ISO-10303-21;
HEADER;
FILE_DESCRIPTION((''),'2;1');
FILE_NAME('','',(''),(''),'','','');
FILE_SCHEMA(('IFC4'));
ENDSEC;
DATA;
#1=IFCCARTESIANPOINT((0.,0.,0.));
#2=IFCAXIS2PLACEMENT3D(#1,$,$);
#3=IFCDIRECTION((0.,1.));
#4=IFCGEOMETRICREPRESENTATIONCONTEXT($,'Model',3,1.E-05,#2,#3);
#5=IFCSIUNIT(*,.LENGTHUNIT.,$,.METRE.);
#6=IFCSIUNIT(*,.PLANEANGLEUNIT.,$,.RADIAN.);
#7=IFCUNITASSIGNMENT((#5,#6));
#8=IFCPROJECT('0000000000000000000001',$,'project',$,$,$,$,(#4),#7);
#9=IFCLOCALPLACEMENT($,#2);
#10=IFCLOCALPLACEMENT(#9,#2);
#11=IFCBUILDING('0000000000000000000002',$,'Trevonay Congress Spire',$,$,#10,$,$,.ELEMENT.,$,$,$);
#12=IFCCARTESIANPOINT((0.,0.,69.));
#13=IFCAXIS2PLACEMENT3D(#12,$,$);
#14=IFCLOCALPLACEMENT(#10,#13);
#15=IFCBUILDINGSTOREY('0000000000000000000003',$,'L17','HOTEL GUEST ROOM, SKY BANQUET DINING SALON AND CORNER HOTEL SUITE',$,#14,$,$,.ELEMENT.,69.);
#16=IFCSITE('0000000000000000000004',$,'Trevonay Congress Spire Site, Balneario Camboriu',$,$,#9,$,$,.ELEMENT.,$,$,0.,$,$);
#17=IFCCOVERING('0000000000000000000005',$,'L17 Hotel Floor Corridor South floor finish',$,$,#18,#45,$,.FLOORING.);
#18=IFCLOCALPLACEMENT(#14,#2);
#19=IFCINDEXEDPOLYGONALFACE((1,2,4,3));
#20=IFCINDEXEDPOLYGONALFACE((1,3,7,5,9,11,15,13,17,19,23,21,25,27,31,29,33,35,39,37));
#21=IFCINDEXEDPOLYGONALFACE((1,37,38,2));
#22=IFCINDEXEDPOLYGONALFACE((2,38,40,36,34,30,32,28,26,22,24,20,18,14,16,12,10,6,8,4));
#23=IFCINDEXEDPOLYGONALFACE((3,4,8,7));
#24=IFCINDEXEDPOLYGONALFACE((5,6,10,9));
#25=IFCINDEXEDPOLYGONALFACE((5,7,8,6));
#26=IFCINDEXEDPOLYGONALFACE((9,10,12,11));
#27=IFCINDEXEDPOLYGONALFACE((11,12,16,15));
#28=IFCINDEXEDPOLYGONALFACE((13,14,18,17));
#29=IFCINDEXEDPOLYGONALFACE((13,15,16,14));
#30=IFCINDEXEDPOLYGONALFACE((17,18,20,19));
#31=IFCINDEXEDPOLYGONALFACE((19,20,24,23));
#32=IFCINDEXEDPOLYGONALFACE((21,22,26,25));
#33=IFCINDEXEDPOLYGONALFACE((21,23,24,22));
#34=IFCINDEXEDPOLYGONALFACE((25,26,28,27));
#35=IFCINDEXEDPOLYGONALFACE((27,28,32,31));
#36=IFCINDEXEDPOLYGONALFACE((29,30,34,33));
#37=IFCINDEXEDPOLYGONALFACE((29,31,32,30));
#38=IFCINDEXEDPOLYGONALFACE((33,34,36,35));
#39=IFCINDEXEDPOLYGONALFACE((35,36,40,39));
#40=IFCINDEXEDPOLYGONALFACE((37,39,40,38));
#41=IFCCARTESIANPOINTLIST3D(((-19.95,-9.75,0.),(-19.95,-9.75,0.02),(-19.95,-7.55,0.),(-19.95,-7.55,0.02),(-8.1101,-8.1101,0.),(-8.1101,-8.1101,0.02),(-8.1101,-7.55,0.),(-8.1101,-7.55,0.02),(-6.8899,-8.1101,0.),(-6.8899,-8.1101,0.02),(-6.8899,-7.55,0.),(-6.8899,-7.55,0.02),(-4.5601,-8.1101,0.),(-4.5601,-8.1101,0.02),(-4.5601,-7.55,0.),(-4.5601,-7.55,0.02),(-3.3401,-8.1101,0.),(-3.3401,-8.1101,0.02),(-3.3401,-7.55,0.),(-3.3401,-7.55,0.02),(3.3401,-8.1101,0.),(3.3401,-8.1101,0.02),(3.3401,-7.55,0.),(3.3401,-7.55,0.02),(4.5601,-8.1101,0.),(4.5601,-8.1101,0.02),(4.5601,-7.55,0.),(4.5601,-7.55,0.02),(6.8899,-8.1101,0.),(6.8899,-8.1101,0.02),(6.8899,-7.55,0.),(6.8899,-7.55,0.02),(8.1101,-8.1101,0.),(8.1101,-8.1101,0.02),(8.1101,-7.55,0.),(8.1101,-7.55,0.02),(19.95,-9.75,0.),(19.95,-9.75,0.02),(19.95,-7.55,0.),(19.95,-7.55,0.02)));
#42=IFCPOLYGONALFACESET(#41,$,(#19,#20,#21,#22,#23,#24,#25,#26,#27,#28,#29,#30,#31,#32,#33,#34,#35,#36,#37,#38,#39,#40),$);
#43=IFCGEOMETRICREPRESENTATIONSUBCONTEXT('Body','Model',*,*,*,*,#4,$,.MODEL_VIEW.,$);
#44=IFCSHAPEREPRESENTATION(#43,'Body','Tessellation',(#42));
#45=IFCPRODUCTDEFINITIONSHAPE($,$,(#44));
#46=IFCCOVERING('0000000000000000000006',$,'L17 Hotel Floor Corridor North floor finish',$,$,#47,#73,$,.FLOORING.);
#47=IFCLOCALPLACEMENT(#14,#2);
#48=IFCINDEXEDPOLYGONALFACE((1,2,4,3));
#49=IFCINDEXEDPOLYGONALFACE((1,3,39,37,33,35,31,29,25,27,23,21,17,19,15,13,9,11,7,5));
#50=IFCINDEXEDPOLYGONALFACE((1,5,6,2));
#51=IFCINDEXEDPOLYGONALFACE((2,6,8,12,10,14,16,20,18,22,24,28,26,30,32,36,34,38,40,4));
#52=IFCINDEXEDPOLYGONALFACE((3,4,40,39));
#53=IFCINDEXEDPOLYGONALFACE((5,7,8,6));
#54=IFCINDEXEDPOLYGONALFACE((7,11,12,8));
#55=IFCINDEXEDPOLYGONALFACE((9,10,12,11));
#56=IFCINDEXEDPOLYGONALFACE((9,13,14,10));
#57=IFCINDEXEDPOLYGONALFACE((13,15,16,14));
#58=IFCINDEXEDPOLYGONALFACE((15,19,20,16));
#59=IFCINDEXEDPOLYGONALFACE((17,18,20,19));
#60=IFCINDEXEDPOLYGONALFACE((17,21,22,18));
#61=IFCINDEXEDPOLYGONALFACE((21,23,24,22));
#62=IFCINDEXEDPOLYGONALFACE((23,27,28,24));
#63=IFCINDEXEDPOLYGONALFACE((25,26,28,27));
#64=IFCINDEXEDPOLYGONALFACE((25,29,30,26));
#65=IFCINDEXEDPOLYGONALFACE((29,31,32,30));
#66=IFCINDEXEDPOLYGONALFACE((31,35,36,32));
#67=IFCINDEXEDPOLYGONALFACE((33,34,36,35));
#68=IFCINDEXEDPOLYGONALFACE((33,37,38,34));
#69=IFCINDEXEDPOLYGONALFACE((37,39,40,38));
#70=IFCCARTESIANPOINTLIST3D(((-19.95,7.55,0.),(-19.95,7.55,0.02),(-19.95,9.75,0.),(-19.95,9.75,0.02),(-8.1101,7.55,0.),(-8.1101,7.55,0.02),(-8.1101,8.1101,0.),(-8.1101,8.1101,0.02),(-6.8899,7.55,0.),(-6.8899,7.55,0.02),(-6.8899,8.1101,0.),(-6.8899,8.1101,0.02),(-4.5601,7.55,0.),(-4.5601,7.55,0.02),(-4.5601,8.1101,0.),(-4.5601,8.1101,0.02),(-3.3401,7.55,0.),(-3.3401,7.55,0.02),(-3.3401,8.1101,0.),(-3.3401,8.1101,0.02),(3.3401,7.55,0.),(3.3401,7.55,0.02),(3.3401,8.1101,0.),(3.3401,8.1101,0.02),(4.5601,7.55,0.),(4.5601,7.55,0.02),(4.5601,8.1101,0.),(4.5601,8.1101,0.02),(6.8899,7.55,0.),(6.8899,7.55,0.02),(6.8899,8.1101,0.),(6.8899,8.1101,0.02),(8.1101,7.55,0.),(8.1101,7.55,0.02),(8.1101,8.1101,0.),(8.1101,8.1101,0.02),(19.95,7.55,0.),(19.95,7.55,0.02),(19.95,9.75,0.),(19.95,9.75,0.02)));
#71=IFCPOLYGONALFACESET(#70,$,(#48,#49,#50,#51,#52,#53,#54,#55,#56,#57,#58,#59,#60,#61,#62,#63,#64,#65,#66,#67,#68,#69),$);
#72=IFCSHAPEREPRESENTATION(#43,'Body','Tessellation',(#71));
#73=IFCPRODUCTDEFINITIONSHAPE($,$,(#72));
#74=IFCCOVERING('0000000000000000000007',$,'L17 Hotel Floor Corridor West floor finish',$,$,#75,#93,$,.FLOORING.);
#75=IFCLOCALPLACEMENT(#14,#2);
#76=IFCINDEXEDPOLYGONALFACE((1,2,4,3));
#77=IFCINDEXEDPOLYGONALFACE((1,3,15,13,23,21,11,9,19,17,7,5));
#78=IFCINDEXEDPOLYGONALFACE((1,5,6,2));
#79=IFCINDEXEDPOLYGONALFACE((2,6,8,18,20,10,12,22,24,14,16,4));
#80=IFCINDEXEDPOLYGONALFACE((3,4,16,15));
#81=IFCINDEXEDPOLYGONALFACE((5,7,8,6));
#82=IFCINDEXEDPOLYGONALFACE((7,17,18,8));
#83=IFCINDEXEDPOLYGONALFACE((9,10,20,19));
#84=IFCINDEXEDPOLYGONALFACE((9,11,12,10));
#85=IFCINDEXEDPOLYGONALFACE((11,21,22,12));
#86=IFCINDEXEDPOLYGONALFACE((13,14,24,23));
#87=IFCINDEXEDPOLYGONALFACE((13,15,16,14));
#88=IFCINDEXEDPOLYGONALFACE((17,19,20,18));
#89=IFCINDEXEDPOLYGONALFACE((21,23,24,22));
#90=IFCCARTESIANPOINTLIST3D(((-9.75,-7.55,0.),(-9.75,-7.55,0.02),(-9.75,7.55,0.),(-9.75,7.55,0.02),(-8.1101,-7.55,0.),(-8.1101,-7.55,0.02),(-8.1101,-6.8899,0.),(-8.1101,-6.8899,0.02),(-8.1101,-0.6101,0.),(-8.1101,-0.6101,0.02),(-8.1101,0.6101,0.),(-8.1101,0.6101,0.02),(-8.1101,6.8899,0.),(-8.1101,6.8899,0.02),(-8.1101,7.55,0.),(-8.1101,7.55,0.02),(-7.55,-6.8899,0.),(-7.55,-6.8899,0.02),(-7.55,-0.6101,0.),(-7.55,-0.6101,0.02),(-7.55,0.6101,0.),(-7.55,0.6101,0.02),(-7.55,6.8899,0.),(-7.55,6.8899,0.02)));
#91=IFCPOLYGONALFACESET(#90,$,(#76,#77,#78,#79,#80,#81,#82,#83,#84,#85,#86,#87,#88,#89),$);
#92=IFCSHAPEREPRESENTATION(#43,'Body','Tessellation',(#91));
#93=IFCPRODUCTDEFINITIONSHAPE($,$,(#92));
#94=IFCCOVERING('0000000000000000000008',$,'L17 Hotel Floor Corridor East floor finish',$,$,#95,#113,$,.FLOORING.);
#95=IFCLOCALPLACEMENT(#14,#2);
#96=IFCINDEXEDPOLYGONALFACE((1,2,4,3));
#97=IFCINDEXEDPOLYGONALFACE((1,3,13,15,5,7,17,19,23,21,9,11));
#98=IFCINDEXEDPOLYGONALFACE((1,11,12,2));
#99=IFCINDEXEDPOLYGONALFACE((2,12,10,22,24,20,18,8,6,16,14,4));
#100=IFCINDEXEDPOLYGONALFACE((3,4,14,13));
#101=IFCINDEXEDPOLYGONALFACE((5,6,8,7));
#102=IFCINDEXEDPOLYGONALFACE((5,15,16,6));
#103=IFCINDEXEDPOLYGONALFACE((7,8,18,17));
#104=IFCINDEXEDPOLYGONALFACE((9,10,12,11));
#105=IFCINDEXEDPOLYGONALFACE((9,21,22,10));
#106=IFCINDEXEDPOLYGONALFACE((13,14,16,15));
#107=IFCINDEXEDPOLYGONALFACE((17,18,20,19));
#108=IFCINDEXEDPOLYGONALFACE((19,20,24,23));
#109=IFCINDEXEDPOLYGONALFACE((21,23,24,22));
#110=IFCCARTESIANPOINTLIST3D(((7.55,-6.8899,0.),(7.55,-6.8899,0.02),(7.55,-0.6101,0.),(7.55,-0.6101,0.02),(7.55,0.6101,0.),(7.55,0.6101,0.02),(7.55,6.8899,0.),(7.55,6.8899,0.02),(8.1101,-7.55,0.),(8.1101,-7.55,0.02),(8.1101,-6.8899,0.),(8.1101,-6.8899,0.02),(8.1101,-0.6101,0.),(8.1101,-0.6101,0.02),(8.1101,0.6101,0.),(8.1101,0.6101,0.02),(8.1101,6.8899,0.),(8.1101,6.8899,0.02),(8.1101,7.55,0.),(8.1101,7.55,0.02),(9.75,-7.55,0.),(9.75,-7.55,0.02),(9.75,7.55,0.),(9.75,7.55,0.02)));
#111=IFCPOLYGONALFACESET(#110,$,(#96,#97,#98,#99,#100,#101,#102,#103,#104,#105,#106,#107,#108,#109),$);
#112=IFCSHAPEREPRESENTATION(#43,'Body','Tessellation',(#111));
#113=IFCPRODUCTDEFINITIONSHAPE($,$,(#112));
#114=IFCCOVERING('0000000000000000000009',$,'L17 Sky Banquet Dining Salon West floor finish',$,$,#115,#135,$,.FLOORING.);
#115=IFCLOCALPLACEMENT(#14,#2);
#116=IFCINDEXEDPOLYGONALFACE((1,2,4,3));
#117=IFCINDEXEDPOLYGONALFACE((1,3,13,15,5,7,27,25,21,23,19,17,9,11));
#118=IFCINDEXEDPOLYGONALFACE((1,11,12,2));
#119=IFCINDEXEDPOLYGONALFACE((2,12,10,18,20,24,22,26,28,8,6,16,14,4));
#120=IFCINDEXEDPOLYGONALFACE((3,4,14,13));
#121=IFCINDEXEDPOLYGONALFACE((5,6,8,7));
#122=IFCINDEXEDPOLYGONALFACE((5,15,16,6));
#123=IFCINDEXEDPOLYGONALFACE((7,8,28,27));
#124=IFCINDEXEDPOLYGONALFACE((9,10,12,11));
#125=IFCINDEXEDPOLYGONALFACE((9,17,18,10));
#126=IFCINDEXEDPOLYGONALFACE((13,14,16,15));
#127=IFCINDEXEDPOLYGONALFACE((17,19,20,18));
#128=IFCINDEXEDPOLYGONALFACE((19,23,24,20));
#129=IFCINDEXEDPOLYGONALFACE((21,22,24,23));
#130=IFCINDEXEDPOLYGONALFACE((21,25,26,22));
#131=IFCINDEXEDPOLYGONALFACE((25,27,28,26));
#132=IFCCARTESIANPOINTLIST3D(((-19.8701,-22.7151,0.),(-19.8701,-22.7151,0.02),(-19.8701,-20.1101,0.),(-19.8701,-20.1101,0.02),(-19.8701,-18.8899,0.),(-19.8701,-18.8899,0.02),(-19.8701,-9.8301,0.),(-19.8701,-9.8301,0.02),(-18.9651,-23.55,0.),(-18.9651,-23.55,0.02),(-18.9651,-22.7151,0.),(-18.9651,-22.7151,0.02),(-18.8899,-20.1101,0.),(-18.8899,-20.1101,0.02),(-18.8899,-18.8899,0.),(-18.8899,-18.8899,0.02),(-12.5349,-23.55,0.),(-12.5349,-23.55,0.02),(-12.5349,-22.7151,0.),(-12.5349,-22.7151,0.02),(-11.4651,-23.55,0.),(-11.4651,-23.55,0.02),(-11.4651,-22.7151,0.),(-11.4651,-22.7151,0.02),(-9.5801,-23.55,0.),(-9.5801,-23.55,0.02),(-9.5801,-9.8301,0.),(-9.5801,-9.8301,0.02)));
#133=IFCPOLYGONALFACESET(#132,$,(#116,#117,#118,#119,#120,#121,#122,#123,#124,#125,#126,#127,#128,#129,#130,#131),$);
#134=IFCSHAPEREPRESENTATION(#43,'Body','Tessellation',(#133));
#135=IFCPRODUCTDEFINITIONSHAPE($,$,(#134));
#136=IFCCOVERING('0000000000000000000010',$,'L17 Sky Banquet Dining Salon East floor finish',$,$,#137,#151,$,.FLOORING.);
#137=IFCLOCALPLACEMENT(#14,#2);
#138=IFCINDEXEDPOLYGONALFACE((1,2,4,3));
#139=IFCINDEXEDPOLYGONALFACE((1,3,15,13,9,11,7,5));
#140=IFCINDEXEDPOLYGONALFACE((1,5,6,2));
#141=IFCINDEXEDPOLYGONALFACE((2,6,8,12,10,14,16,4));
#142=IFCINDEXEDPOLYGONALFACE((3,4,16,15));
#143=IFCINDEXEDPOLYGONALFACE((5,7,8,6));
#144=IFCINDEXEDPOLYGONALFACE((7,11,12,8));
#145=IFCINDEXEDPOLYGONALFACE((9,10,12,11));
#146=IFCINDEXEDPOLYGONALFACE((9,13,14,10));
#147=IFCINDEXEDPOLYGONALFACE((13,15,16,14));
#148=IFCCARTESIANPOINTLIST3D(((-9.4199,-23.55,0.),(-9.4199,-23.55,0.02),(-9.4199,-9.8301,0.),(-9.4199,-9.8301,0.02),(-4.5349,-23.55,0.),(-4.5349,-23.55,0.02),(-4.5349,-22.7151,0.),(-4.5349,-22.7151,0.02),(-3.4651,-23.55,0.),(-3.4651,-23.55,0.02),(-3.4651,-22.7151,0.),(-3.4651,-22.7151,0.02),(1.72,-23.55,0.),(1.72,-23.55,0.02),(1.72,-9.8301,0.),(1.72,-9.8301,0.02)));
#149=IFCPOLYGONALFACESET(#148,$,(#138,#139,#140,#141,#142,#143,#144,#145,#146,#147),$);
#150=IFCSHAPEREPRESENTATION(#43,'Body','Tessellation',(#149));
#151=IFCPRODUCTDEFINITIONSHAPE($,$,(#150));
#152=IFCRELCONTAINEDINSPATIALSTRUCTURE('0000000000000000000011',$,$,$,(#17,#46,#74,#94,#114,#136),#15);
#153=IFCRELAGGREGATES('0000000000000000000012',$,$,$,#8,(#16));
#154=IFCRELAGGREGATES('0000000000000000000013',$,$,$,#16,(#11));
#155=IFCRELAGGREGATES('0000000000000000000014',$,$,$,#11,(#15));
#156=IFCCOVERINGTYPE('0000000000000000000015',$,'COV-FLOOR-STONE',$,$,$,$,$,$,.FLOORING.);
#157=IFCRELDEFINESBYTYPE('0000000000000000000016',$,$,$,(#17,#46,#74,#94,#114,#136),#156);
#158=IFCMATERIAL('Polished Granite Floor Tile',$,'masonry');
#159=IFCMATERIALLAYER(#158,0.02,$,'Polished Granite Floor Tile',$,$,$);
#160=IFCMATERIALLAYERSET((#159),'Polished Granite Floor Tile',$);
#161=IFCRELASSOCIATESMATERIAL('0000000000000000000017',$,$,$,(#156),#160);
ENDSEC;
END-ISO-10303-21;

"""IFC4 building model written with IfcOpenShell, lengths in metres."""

from ifc_helpers import new_model, si_unit, direction, frame, origin, place, context, subcontext, project, spatial, polyline, outline, extrude, material, layer, layer_set, type_object, element, save


model = new_model("IFC4")

# Units and contexts
model_context = context("Model", 3, precision=1e-05, world=origin(), true_north=direction((0.0, 1.0)))
body_context = subcontext(model_context, "Body", "Model", "MODEL_VIEW")
ifc_project = project(units=[si_unit("LENGTHUNIT", "METRE"), si_unit("PLANEANGLEUNIT", "RADIAN")], contexts=[model_context])

# Site, building, storey
site_placement = place(None, origin())
site = spatial("IfcSite", under=ifc_project, at=site_placement, Name="Trevonay Congress Spire Site, Balneario Camboriu", CompositionType="ELEMENT", RefElevation=0.0)
building_placement = place(site_placement, origin())
building = spatial("IfcBuilding", under=site, at=building_placement, Name="Trevonay Congress Spire", CompositionType="ELEMENT")
storey_placement = place(building_placement, frame((0.0, 0.0, 69.0)))
storey = spatial("IfcBuildingStorey", under=building, at=storey_placement, Name="L17", Description="HOTEL GUEST ROOM, SKY BANQUET DINING SALON AND CORNER HOTEL SUITE", CompositionType="ELEMENT", Elevation=69.0)

# Coverings
ifc_material_1 = material(Name="Polished Granite Floor Tile", Category="masonry")
ifc_layer_1 = layer(ifc_material_1, 0.02, Name="Polished Granite Floor Tile")
ifc_layer_set_1 = layer_set([ifc_layer_1], Name="Polished Granite Floor Tile")
covering_type_1 = type_object("IfcCoveringType", Name="COV-FLOOR-STONE", PredefinedType="FLOORING", material=ifc_layer_set_1)
covering_1_placement = place(storey_placement, origin())
element("IfcCovering", 1, at=covering_1_placement, inside=storey, type_object=covering_type_1, Name="L17 Hotel Floor Corridor South floor finish", PredefinedType="FLOORING", context=body_context, shape_type="SweptSolid", body=[
    extrude(outline(polyline([(19.95, -7.55), (19.95, -9.75), (-19.95, -9.75), (-19.95, -7.55), (-8.1101, -7.55), (-8.1101, -8.1101), (-6.8899, -8.1101), (-6.8899, -7.55), (-4.5601, -7.55), (-4.5601, -8.1101), (-3.3401, -8.1101), (-3.3401, -7.55), (3.3401, -7.55), (3.3401, -8.1101), (4.5601, -8.1101), (4.5601, -7.55), (6.8899, -7.55), (6.8899, -8.1101), (8.1101, -8.1101), (8.1101, -7.55), (19.95, -7.55)])), origin(), (0.0, 0.0, 1.0), 0.02),
])
covering_2_placement = place(storey_placement, origin())
element("IfcCovering", 2, at=covering_2_placement, inside=storey, type_object=covering_type_1, Name="L17 Hotel Floor Corridor North floor finish", PredefinedType="FLOORING", context=body_context, shape_type="SweptSolid", body=[
    extrude(outline(polyline([(-19.95, 7.55), (-19.95, 9.75), (19.95, 9.75), (19.95, 7.55), (8.1101, 7.55), (8.1101, 8.1101), (6.8899, 8.1101), (6.8899, 7.55), (4.5601, 7.55), (4.5601, 8.1101), (3.3401, 8.1101), (3.3401, 7.55), (-3.3401, 7.55), (-3.3401, 8.1101), (-4.5601, 8.1101), (-4.5601, 7.55), (-6.8899, 7.55), (-6.8899, 8.1101), (-8.1101, 8.1101), (-8.1101, 7.55), (-19.95, 7.55)])), origin(), (0.0, 0.0, 1.0), 0.02),
])
covering_3_placement = place(storey_placement, origin())
element("IfcCovering", 3, at=covering_3_placement, inside=storey, type_object=covering_type_1, Name="L17 Hotel Floor Corridor West floor finish", PredefinedType="FLOORING", context=body_context, shape_type="SweptSolid", body=[
    extrude(outline(polyline([(-9.75, 7.55), (-8.1101, 7.55), (-8.1101, 6.8899), (-7.55, 6.8899), (-7.55, 0.6101), (-8.1101, 0.6101), (-8.1101, -0.6101), (-7.55, -0.6101), (-7.55, -6.8899), (-8.1101, -6.8899), (-8.1101, -7.55), (-9.75, -7.55), (-9.75, 7.55)])), origin(), (0.0, 0.0, 1.0), 0.02),
])
covering_4_placement = place(storey_placement, origin())
element("IfcCovering", 4, at=covering_4_placement, inside=storey, type_object=covering_type_1, Name="L17 Hotel Floor Corridor East floor finish", PredefinedType="FLOORING", context=body_context, shape_type="SweptSolid", body=[
    extrude(outline(polyline([(9.75, -7.55), (8.1101, -7.55), (8.1101, -6.8899), (7.55, -6.8899), (7.55, -0.6101), (8.1101, -0.6101), (8.1101, 0.6101), (7.55, 0.6101), (7.55, 6.8899), (8.1101, 6.8899), (8.1101, 7.55), (9.75, 7.55), (9.75, -7.55)])), origin(), (0.0, 0.0, 1.0), 0.02),
])
covering_5_placement = place(storey_placement, origin())
element("IfcCovering", 5, at=covering_5_placement, inside=storey, type_object=covering_type_1, Name="L17 Sky Banquet Dining Salon West floor finish", PredefinedType="FLOORING", context=body_context, shape_type="SweptSolid", body=[
    extrude(outline(polyline([(-18.9651, -23.55), (-18.9651, -22.7151), (-19.8701, -22.7151), (-19.8701, -20.1101), (-18.8899, -20.1101), (-18.8899, -18.8899), (-19.8701, -18.8899), (-19.8701, -9.8301), (-9.5801, -9.8301), (-9.5801, -23.55), (-11.4651, -23.55), (-11.4651, -22.7151), (-12.5349, -22.7151), (-12.5349, -23.55), (-18.9651, -23.55)])), origin(), (0.0, 0.0, 1.0), 0.02),
])
covering_6_placement = place(storey_placement, origin())
element("IfcCovering", 6, at=covering_6_placement, inside=storey, type_object=covering_type_1, Name="L17 Sky Banquet Dining Salon East floor finish", PredefinedType="FLOORING", context=body_context, shape_type="SweptSolid", body=[
    extrude(outline(polyline([(-9.4199, -23.55), (-9.4199, -9.8301), (1.72, -9.8301), (1.72, -23.55), (-3.4651, -23.55), (-3.4651, -22.7151), (-4.5349, -22.7151), (-4.5349, -23.55), (-9.4199, -23.55)])), origin(), (0.0, 0.0, 1.0), 0.02),
])

save(model, "model.ifc")
